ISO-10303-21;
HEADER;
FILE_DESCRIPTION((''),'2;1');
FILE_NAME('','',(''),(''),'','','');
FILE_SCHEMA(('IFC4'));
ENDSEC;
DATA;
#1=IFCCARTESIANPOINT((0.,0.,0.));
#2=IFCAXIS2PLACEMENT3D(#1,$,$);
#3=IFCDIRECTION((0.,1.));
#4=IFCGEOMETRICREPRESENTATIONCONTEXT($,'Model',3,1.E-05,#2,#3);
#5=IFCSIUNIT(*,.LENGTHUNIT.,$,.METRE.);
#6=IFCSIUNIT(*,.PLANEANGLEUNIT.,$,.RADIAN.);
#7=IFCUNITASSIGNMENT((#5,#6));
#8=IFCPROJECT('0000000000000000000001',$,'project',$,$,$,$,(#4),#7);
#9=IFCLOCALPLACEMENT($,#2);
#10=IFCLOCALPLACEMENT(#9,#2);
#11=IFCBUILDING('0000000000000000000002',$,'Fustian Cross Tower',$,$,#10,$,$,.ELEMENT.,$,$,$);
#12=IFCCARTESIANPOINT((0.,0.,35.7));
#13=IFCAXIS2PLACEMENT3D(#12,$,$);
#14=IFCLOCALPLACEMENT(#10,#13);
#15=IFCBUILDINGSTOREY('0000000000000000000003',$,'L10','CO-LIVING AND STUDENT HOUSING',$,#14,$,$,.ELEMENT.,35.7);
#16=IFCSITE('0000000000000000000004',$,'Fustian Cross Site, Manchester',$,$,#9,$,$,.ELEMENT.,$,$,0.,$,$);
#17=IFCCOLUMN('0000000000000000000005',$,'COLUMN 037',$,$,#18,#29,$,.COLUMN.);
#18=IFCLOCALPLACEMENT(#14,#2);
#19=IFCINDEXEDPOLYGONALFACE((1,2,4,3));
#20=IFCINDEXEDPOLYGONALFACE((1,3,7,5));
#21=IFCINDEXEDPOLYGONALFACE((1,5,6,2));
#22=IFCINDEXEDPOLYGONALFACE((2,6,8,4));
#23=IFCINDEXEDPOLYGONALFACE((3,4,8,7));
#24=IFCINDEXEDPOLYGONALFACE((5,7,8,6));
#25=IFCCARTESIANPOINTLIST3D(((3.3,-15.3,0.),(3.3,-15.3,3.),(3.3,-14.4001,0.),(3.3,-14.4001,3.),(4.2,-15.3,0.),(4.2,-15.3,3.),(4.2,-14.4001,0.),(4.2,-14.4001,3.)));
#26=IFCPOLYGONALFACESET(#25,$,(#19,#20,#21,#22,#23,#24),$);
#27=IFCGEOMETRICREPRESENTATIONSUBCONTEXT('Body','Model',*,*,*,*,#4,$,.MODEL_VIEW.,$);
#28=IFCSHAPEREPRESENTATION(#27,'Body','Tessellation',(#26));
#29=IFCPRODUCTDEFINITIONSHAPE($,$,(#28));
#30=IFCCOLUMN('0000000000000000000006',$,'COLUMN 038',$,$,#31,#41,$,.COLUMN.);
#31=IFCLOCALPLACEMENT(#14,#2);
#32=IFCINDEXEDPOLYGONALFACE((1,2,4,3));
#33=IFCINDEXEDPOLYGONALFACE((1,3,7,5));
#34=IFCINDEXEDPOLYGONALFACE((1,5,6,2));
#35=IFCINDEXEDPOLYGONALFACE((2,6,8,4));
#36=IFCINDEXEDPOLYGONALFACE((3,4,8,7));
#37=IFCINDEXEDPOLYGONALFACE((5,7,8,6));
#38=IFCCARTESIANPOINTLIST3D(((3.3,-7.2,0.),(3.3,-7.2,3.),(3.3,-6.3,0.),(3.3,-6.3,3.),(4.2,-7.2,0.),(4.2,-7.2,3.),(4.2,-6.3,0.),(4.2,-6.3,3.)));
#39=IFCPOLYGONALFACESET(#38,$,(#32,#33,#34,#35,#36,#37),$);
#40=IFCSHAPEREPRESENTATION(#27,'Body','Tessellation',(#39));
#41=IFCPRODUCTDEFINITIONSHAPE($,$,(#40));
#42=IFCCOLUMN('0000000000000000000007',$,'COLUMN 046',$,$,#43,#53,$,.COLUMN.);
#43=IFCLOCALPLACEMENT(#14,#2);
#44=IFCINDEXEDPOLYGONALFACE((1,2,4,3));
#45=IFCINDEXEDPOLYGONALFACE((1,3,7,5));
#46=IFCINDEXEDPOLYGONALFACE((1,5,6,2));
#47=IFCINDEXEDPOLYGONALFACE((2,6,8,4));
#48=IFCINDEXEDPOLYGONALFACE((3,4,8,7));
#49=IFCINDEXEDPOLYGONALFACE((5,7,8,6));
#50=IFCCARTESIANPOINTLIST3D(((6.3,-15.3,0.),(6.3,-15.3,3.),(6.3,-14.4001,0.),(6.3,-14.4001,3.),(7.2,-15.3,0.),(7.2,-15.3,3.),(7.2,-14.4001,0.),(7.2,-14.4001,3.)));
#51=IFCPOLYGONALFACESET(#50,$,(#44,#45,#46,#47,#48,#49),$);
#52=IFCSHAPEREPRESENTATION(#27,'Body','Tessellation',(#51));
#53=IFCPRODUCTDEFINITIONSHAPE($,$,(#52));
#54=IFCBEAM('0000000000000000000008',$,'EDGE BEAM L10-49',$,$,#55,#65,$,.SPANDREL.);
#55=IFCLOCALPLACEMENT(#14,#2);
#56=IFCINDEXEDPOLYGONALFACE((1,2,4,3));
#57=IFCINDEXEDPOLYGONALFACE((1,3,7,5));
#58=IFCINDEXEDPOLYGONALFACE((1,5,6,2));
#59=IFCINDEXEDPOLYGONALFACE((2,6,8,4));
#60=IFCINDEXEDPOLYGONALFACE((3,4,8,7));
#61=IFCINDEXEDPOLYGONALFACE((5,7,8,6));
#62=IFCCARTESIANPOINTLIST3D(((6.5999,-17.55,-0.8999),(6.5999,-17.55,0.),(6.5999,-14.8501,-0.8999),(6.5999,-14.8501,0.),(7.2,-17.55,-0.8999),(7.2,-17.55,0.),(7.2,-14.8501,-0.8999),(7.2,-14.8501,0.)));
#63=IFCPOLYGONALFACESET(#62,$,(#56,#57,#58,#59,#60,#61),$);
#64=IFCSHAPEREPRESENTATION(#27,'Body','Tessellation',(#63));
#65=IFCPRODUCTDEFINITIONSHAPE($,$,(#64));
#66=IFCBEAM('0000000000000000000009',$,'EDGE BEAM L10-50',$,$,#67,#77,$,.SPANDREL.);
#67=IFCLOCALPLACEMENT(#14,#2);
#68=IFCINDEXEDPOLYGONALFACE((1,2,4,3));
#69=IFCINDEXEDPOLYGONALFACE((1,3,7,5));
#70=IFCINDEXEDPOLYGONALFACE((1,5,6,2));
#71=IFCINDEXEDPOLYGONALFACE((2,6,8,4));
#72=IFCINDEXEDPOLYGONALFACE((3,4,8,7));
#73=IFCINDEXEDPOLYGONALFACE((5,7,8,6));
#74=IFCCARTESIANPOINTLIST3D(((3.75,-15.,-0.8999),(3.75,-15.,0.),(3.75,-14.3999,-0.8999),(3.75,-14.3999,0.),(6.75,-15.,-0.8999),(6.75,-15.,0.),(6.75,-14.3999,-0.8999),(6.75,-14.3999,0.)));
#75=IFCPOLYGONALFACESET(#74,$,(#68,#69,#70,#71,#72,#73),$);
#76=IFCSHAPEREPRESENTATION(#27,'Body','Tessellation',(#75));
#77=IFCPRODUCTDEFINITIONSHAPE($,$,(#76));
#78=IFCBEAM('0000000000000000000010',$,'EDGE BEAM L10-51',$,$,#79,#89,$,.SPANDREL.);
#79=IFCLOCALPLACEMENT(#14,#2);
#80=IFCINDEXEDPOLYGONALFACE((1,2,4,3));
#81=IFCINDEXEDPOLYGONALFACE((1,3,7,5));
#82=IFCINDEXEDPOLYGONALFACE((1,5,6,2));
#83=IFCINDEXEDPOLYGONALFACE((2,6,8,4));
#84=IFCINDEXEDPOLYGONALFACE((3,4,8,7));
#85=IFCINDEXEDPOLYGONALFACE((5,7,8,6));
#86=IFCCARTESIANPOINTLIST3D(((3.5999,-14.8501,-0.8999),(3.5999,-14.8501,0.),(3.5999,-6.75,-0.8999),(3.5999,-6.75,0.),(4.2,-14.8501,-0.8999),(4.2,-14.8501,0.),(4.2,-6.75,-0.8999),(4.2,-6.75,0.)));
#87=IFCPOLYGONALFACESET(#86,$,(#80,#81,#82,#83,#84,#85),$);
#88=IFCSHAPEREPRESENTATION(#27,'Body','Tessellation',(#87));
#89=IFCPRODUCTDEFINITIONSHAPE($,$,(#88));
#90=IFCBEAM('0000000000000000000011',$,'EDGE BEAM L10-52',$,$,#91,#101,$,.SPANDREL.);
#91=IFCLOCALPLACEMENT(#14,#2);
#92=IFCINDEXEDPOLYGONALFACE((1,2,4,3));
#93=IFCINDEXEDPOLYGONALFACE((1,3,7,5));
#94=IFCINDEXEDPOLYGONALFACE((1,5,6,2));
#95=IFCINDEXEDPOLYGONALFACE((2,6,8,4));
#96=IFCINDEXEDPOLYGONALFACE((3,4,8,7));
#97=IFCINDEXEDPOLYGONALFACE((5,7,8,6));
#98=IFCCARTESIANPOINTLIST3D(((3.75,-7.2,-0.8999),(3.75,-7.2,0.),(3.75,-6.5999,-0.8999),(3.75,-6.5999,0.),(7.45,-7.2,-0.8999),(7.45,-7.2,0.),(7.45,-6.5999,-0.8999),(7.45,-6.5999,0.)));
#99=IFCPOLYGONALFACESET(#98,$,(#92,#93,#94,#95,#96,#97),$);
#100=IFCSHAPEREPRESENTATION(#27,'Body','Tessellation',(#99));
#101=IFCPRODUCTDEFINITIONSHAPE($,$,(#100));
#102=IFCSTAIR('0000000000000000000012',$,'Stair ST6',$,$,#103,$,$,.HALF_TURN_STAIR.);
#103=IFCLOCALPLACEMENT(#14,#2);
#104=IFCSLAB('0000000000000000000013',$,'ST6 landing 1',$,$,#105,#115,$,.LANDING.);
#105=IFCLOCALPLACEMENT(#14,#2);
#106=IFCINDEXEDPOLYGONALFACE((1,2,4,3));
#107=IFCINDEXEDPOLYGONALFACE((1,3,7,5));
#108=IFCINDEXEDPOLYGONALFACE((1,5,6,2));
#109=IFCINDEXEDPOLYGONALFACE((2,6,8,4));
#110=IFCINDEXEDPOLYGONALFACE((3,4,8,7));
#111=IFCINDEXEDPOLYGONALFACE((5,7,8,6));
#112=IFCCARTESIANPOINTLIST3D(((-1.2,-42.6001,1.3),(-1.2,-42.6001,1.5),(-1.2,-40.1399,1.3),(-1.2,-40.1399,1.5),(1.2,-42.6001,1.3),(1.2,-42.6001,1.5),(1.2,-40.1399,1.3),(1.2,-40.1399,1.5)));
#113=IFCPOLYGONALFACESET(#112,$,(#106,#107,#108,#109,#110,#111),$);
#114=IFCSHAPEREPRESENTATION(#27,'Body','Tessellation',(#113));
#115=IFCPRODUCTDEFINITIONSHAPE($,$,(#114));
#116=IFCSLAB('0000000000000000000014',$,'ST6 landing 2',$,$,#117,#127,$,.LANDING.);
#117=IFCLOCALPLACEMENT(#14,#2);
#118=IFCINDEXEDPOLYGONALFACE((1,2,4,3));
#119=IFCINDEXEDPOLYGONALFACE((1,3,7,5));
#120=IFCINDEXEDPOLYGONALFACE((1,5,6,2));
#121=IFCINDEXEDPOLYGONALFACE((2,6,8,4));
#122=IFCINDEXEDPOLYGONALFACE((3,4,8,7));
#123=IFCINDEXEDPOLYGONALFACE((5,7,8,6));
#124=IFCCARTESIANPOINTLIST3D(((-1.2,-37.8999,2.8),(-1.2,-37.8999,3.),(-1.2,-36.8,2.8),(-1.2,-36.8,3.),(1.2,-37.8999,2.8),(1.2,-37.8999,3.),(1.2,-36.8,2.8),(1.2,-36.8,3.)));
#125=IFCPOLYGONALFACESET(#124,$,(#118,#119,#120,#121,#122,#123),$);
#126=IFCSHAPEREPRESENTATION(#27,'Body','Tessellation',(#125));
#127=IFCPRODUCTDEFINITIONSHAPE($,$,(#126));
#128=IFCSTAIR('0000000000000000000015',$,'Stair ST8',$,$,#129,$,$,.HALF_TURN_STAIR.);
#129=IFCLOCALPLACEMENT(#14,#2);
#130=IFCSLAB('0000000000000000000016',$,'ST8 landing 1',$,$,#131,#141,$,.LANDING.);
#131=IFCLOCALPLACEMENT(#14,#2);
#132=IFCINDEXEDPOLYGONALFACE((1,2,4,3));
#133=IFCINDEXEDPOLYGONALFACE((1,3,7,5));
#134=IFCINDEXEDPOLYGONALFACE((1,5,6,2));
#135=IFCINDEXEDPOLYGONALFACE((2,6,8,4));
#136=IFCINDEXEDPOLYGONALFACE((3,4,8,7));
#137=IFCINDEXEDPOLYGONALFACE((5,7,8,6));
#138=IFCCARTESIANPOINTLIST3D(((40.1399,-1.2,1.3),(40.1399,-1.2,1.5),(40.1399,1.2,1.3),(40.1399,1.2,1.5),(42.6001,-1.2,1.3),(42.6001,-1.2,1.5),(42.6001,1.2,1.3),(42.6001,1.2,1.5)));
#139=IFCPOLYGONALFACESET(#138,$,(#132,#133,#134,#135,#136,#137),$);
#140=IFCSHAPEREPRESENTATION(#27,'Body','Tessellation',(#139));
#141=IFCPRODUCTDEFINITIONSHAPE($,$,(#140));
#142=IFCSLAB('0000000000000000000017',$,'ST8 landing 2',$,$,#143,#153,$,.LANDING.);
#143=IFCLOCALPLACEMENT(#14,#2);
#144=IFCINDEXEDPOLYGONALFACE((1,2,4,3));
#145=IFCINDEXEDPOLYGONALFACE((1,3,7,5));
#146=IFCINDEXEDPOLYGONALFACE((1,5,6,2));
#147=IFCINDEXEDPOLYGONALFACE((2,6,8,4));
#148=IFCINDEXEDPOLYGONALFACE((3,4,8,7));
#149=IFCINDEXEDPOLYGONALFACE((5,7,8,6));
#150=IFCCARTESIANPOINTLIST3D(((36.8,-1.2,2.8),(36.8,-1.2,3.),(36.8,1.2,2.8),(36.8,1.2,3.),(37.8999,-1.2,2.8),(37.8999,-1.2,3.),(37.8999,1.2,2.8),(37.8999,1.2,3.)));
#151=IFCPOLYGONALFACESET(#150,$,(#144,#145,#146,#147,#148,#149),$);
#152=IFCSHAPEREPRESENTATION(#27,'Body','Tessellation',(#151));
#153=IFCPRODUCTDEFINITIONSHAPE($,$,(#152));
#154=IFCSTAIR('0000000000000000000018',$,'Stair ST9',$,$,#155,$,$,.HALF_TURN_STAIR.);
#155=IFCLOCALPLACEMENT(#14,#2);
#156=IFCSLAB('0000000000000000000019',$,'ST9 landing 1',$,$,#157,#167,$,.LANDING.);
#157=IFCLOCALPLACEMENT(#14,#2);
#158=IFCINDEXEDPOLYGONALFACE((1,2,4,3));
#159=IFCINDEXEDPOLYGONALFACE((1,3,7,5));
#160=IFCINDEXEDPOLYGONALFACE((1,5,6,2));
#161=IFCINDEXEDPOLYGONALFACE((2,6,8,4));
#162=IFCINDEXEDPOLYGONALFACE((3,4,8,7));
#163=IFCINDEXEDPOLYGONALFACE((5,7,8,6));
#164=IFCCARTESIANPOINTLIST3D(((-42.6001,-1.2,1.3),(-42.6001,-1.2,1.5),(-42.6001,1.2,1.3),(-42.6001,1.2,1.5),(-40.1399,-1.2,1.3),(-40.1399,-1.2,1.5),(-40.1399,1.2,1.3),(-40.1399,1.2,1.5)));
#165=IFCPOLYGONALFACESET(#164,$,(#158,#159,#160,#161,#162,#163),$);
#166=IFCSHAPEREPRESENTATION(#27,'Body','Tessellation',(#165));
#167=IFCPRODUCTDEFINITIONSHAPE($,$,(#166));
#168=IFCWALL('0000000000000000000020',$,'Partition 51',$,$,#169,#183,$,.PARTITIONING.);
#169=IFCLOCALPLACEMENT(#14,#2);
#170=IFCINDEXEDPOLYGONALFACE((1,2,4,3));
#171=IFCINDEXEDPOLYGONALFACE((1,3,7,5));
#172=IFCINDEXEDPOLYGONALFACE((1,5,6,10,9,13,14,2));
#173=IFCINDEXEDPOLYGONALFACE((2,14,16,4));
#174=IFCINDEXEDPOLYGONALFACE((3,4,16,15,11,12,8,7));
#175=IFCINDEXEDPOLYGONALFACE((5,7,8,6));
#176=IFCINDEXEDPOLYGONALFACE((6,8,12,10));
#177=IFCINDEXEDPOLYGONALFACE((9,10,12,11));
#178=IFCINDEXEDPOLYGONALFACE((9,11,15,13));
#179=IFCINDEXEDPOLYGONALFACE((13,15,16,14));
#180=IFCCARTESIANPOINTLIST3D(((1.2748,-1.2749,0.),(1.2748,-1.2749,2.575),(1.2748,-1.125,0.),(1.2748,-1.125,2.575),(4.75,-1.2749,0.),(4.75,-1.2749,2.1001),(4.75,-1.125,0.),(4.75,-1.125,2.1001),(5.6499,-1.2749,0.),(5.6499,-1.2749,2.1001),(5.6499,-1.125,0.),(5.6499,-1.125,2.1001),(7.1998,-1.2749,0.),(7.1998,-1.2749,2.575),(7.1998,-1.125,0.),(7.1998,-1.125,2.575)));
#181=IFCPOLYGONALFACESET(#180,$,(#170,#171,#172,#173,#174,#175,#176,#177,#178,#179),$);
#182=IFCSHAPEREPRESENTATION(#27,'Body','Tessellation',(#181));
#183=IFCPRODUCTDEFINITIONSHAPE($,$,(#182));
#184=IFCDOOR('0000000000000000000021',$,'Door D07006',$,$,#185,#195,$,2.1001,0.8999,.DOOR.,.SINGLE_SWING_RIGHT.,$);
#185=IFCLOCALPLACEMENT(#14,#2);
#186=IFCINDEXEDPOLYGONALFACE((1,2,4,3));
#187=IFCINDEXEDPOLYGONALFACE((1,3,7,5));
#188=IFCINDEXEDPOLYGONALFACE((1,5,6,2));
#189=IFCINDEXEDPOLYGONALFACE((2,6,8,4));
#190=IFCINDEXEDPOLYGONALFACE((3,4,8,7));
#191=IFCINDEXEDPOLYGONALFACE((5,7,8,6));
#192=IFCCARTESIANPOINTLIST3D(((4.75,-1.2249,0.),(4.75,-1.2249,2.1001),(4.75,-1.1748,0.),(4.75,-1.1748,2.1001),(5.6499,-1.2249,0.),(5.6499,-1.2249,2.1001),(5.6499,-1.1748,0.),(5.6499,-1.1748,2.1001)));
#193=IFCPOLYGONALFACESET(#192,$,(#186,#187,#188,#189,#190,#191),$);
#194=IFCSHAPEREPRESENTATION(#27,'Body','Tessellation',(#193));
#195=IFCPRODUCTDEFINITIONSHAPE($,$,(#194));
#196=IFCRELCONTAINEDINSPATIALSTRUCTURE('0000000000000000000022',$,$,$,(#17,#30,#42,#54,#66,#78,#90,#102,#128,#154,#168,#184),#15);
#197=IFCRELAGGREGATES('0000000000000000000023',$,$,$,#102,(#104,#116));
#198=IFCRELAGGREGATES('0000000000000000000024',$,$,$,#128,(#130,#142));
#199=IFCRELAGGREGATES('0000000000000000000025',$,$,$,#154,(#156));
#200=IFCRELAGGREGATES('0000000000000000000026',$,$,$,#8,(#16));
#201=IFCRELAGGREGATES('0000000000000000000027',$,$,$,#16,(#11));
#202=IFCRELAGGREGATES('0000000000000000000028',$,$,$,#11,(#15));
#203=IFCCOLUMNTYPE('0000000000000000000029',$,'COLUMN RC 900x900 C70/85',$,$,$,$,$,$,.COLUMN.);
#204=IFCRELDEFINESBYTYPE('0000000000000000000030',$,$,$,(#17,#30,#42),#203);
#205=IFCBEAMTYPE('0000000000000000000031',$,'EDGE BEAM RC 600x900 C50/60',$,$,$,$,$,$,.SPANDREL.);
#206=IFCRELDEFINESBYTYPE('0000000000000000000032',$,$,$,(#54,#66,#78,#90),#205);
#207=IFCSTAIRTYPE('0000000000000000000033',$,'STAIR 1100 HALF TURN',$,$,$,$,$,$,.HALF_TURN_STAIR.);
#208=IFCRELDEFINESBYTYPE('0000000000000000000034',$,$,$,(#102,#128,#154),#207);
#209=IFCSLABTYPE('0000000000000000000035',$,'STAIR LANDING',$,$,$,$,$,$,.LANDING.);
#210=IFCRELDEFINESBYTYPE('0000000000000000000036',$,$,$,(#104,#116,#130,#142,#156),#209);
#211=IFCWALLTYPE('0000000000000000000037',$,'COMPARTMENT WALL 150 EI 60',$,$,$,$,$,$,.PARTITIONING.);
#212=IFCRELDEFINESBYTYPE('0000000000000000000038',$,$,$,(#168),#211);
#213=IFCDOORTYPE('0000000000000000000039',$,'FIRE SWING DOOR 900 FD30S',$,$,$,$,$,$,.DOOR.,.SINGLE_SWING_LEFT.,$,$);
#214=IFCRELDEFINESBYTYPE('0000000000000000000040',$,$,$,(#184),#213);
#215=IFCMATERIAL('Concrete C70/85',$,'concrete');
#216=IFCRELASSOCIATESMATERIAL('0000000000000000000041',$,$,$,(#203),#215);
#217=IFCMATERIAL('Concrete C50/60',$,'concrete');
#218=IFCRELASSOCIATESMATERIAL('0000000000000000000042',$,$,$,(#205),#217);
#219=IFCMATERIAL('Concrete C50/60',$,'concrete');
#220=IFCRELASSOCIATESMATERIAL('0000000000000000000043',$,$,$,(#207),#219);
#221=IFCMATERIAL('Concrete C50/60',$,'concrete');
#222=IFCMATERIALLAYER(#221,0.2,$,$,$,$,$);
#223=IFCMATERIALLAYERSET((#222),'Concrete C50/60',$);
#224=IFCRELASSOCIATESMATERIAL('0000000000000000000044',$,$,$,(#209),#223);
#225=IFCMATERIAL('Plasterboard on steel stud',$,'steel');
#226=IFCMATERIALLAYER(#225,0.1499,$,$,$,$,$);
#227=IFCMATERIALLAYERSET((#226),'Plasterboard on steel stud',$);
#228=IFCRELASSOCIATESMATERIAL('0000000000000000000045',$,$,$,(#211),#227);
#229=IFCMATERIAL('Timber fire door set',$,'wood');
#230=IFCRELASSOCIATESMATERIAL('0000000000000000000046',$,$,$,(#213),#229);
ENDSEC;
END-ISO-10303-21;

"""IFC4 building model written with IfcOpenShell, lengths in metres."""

from ifc_helpers import new_model, si_unit, direction, frame, frame_2d, origin, origin_2d, place, context, subcontext, project, spatial, polyline, rectangle, outline, extrude, material, layer, layer_set, material_profile, profile_set, type_object, element, fill, aggregate, save


model = new_model("IFC4")

# Units and contexts
model_context = context("Model", 3, precision=1e-05, world=origin(), true_north=direction((0.0, 1.0)))
body_context = subcontext(model_context, "Body", "Model", "MODEL_VIEW")
ifc_project = project(units=[si_unit("LENGTHUNIT", "METRE"), si_unit("PLANEANGLEUNIT", "RADIAN")], contexts=[model_context])

# Site, building, storey
site_placement = place(None, origin())
site = spatial("IfcSite", under=ifc_project, at=site_placement, Name="Fustian Cross Site, Manchester", CompositionType="ELEMENT", RefElevation=0.0)
building_placement = place(site_placement, origin())
building = spatial("IfcBuilding", under=site, at=building_placement, Name="Fustian Cross Tower", CompositionType="ELEMENT")
storey_placement = place(building_placement, frame((0.0, 0.0, 35.7)))
storey = spatial("IfcBuildingStorey", under=building, at=storey_placement, Name="L10", Description="CO-LIVING AND STUDENT HOUSING", CompositionType="ELEMENT", Elevation=35.7)

# Columns
ifc_material_1 = material(Name="Concrete C70/85", Category="concrete")
ifc_material_profile_1 = material_profile(ifc_material_1, rectangle(XDim=0.8999, YDim=0.8999, at=origin_2d()), Name="RC 900x900")
ifc_profile_set_1 = profile_set([ifc_material_profile_1], Name="Concrete C70/85")
column_type = type_object("IfcColumnType", Name="COLUMN RC 900x900 C70/85", PredefinedType="COLUMN", material=ifc_profile_set_1)
for number, where, z_axis, x_axis, name in (
    (1, (3.75, -14.8501, 0.0), (0.0, 0.0, 1.0), (1.0, 0.0, 0.0), "COLUMN 037"),
    (2, (3.75, -6.75, 0.0), (0.0, 0.0, 1.0), (1.0, 0.0, 0.0), "COLUMN 038"),
    (3, (6.75, -14.8501, 0.0), (0.0, 0.0, 1.0), (1.0, 0.0, 0.0), "COLUMN 046"),
):
    element("IfcColumn", number, at=place(storey_placement, frame(where, z_axis=z_axis, x_axis=x_axis)), inside=storey, type_object=column_type, Name=name, PredefinedType="COLUMN", context=body_context, shape_type="SweptSolid", body=[
        extrude(rectangle(XDim=0.8999, YDim=0.8999, at=origin_2d()), origin(), (0.0, 0.0, 1.0), 3.0),
    ])

# Beams
ifc_material_2 = material(Name="Concrete C50/60", Category="concrete")
ifc_material_profile_2 = material_profile(ifc_material_2, rectangle(XDim=0.6001, YDim=0.8999, at=origin_2d()), Name="RC 600x900")
ifc_profile_set_2 = profile_set([ifc_material_profile_2], Name="Concrete C50/60")
beam_type = type_object("IfcBeamType", Name="EDGE BEAM RC 600x900 C50/60", PredefinedType="SPANDREL", material=ifc_profile_set_2)
beam_1_placement = place(storey_placement, frame((6.8999, -17.55, -0.45), z_axis=(0.0, 1.0, 0.0), x_axis=(-1.0, 0.0, 0.0)))
element("IfcBeam", 4, at=beam_1_placement, inside=storey, type_object=beam_type, Name="EDGE BEAM L10-49", PredefinedType="SPANDREL", context=body_context, shape_type="SweptSolid", body=[
    extrude(rectangle(XDim=0.6001, YDim=0.8999, at=origin_2d()), origin(), (0.0, 0.0, 1.0), 2.7),
])
beam_2_placement = place(storey_placement, frame((6.75, -14.7, -0.45), z_axis=(-1.0, 0.0, 0.0), x_axis=(0.0, -1.0, 0.0)))
element("IfcBeam", 5, at=beam_2_placement, inside=storey, type_object=beam_type, Name="EDGE BEAM L10-50", PredefinedType="SPANDREL", context=body_context, shape_type="SweptSolid", body=[
    extrude(rectangle(XDim=0.6001, YDim=0.8999, at=origin_2d()), origin(), (0.0, 0.0, 1.0), 3.0),
])
beam_3_placement = place(storey_placement, frame((3.8999, -14.8501, -0.45), z_axis=(0.0, 1.0, 0.0), x_axis=(-1.0, 0.0, 0.0)))
element("IfcBeam", 6, at=beam_3_placement, inside=storey, type_object=beam_type, Name="EDGE BEAM L10-51", PredefinedType="SPANDREL", context=body_context, shape_type="SweptSolid", body=[
    extrude(rectangle(XDim=0.6001, YDim=0.8999, at=origin_2d()), origin(), (0.0, 0.0, 1.0), 8.1001),
])
beam_4_placement = place(storey_placement, frame((3.75, -6.8999, -0.45), z_axis=(1.0, 0.0, 0.0), x_axis=(0.0, 1.0, 0.0)))
element("IfcBeam", 7, at=beam_4_placement, inside=storey, type_object=beam_type, Name="EDGE BEAM L10-52", PredefinedType="SPANDREL", context=body_context, shape_type="SweptSolid", body=[
    extrude(rectangle(XDim=0.6001, YDim=0.8999, at=origin_2d()), origin(), (0.0, 0.0, 1.0), 3.7),
])

# Stairs, slabs
ifc_material_3 = material(Name="Concrete C50/60", Category="concrete")
stair_type = type_object("IfcStairType", Name="STAIR 1100 HALF TURN", PredefinedType="HALF_TURN_STAIR", material=ifc_material_3)
stair_1_placement = place(storey_placement, origin())
stair_1 = element("IfcStair", 8, at=stair_1_placement, inside=storey, type_object=stair_type, Name="Stair ST6", PredefinedType="HALF_TURN_STAIR")
ifc_material_4 = material(Name="Concrete C50/60", Category="concrete")
ifc_layer_1 = layer(ifc_material_4, 0.2)
ifc_layer_set_1 = layer_set([ifc_layer_1], Name="Concrete C50/60")
slab_type = type_object("IfcSlabType", Name="STAIR LANDING", PredefinedType="LANDING", material=ifc_layer_set_1)
slab_1_placement = place(storey_placement, frame((0.0, 0.0, 1.3)))
slab_1 = element("IfcSlab", 9, at=slab_1_placement, type_object=slab_type, Name="ST6 landing 1", PredefinedType="LANDING", context=body_context, shape_type="SweptSolid", body=[
    extrude(outline(polyline([(-1.2, -40.1399), (-1.2, -42.6001), (1.2, -42.6001), (1.2, -40.1399), (-1.2, -40.1399)])), origin(), (0.0, 0.0, 1.0), 0.2),
])
slab_2_placement = place(storey_placement, frame((0.0, 0.0, 2.8)))
slab_2 = element("IfcSlab", 10, at=slab_2_placement, type_object=slab_type, Name="ST6 landing 2", PredefinedType="LANDING", context=body_context, shape_type="SweptSolid", body=[
    extrude(outline(polyline([(-1.2, -36.8), (-1.2, -37.8999), (1.2, -37.8999), (1.2, -36.8), (-1.2, -36.8)])), origin(), (0.0, 0.0, 1.0), 0.2),
])
aggregate(stair_1, [slab_1, slab_2])
stair_2_placement = place(storey_placement, origin())
stair_2 = element("IfcStair", 11, at=stair_2_placement, inside=storey, type_object=stair_type, Name="Stair ST8", PredefinedType="HALF_TURN_STAIR")
slab_3_placement = place(storey_placement, frame((0.0, 0.0, 1.3)))
slab_3 = element("IfcSlab", 12, at=slab_3_placement, type_object=slab_type, Name="ST8 landing 1", PredefinedType="LANDING", context=body_context, shape_type="SweptSolid", body=[
    extrude(outline(polyline([(40.1399, -1.2), (42.6001, -1.2), (42.6001, 1.2), (40.1399, 1.2), (40.1399, -1.2)])), origin(), (0.0, 0.0, 1.0), 0.2),
])
slab_4_placement = place(storey_placement, frame((0.0, 0.0, 2.8)))
slab_4 = element("IfcSlab", 13, at=slab_4_placement, type_object=slab_type, Name="ST8 landing 2", PredefinedType="LANDING", context=body_context, shape_type="SweptSolid", body=[
    extrude(outline(polyline([(36.8, -1.2), (37.8999, -1.2), (37.8999, 1.2), (36.8, 1.2), (36.8, -1.2)])), origin(), (0.0, 0.0, 1.0), 0.2),
])
aggregate(stair_2, [slab_3, slab_4])

# Stair, slab
stair_3_placement = place(storey_placement, origin())
stair_3 = element("IfcStair", 14, at=stair_3_placement, inside=storey, type_object=stair_type, Name="Stair ST9", PredefinedType="HALF_TURN_STAIR")
slab_5_placement = place(storey_placement, frame((0.0, 0.0, 1.3)))
slab_5 = element("IfcSlab", 15, at=slab_5_placement, type_object=slab_type, Name="ST9 landing 1", PredefinedType="LANDING", context=body_context, shape_type="SweptSolid", body=[
    extrude(outline(polyline([(-40.1399, -1.2), (-42.6001, -1.2), (-42.6001, 1.2), (-40.1399, 1.2), (-40.1399, -1.2)])), origin(), (0.0, 0.0, 1.0), 0.2),
])
aggregate(stair_3, [slab_5])

# Wall, opening, door
ifc_material_5 = material(Name="Plasterboard on steel stud", Category="steel")
ifc_layer_2 = layer(ifc_material_5, 0.1499)
ifc_layer_set_2 = layer_set([ifc_layer_2], Name="Plasterboard on steel stud")
wall_type_1 = type_object("IfcWallType", Name="COMPARTMENT WALL 150 EI 60", PredefinedType="PARTITIONING", material=ifc_layer_set_2)
wall_1_placement = place(storey_placement, frame((1.2749, -1.2, 0.0), z_axis=(0.0, 0.0, 1.0), x_axis=(1.0, 0.0, 0.0)))
wall_1 = element("IfcWall", 16, at=wall_1_placement, inside=storey, type_object=wall_type_1, Name="Partition 51", PredefinedType="PARTITIONING", context=body_context, shape_type="SweptSolid", body=[
    extrude(rectangle(XDim=5.925, YDim=0.1499, at=frame_2d((2.9624, 0.0))), origin(), (0.0, 0.0, 1.0), 2.575),
])
opening_1_placement = place(wall_1_placement, frame((3.4751, 0.0, 0.0)))
opening_1 = element("IfcOpeningElement", 17, at=opening_1_placement, cuts=wall_1, PredefinedType="OPENING", context=body_context, shape_type="SweptSolid", body=[
    extrude(rectangle(XDim=0.8999, YDim=2.1001, at=frame_2d((0.45, 1.05))), frame((0.0, 0.085, 0.0), z_axis=(0.0, -1.0, 0.0), x_axis=(1.0, 0.0, 0.0)), (0.0, 0.0, 1.0), 0.1699),
])
ifc_material_6 = material(Name="Timber fire door set", Category="wood")
door_type_1 = type_object("IfcDoorType", Name="FIRE SWING DOOR 900 FD30S", OperationType="SINGLE_SWING_LEFT", PredefinedType="DOOR", material=ifc_material_6)
door_1_placement = place(opening_1_placement, frame((0.8999, 0.0, 0.0), z_axis=(0.0, 0.0, 1.0), x_axis=(-1.0, 0.0, 0.0)))
door_1 = element("IfcDoor", 18, at=door_1_placement, inside=storey, type_object=door_type_1, Name="Door D07006", OperationType="SINGLE_SWING_RIGHT", OverallHeight=2.1001, OverallWidth=0.8999, PredefinedType="DOOR", context=body_context, shape_type="SweptSolid", body=[
    extrude(rectangle(XDim=0.8999, YDim=2.1001, at=frame_2d((0.45, 1.05))), frame((0.0, 0.0249, 0.0), z_axis=(0.0, -1.0, 0.0), x_axis=(1.0, 0.0, 0.0)), (0.0, 0.0, 1.0), 0.05),
])
fill(opening_1, door_1)

save(model, "model.ifc")
